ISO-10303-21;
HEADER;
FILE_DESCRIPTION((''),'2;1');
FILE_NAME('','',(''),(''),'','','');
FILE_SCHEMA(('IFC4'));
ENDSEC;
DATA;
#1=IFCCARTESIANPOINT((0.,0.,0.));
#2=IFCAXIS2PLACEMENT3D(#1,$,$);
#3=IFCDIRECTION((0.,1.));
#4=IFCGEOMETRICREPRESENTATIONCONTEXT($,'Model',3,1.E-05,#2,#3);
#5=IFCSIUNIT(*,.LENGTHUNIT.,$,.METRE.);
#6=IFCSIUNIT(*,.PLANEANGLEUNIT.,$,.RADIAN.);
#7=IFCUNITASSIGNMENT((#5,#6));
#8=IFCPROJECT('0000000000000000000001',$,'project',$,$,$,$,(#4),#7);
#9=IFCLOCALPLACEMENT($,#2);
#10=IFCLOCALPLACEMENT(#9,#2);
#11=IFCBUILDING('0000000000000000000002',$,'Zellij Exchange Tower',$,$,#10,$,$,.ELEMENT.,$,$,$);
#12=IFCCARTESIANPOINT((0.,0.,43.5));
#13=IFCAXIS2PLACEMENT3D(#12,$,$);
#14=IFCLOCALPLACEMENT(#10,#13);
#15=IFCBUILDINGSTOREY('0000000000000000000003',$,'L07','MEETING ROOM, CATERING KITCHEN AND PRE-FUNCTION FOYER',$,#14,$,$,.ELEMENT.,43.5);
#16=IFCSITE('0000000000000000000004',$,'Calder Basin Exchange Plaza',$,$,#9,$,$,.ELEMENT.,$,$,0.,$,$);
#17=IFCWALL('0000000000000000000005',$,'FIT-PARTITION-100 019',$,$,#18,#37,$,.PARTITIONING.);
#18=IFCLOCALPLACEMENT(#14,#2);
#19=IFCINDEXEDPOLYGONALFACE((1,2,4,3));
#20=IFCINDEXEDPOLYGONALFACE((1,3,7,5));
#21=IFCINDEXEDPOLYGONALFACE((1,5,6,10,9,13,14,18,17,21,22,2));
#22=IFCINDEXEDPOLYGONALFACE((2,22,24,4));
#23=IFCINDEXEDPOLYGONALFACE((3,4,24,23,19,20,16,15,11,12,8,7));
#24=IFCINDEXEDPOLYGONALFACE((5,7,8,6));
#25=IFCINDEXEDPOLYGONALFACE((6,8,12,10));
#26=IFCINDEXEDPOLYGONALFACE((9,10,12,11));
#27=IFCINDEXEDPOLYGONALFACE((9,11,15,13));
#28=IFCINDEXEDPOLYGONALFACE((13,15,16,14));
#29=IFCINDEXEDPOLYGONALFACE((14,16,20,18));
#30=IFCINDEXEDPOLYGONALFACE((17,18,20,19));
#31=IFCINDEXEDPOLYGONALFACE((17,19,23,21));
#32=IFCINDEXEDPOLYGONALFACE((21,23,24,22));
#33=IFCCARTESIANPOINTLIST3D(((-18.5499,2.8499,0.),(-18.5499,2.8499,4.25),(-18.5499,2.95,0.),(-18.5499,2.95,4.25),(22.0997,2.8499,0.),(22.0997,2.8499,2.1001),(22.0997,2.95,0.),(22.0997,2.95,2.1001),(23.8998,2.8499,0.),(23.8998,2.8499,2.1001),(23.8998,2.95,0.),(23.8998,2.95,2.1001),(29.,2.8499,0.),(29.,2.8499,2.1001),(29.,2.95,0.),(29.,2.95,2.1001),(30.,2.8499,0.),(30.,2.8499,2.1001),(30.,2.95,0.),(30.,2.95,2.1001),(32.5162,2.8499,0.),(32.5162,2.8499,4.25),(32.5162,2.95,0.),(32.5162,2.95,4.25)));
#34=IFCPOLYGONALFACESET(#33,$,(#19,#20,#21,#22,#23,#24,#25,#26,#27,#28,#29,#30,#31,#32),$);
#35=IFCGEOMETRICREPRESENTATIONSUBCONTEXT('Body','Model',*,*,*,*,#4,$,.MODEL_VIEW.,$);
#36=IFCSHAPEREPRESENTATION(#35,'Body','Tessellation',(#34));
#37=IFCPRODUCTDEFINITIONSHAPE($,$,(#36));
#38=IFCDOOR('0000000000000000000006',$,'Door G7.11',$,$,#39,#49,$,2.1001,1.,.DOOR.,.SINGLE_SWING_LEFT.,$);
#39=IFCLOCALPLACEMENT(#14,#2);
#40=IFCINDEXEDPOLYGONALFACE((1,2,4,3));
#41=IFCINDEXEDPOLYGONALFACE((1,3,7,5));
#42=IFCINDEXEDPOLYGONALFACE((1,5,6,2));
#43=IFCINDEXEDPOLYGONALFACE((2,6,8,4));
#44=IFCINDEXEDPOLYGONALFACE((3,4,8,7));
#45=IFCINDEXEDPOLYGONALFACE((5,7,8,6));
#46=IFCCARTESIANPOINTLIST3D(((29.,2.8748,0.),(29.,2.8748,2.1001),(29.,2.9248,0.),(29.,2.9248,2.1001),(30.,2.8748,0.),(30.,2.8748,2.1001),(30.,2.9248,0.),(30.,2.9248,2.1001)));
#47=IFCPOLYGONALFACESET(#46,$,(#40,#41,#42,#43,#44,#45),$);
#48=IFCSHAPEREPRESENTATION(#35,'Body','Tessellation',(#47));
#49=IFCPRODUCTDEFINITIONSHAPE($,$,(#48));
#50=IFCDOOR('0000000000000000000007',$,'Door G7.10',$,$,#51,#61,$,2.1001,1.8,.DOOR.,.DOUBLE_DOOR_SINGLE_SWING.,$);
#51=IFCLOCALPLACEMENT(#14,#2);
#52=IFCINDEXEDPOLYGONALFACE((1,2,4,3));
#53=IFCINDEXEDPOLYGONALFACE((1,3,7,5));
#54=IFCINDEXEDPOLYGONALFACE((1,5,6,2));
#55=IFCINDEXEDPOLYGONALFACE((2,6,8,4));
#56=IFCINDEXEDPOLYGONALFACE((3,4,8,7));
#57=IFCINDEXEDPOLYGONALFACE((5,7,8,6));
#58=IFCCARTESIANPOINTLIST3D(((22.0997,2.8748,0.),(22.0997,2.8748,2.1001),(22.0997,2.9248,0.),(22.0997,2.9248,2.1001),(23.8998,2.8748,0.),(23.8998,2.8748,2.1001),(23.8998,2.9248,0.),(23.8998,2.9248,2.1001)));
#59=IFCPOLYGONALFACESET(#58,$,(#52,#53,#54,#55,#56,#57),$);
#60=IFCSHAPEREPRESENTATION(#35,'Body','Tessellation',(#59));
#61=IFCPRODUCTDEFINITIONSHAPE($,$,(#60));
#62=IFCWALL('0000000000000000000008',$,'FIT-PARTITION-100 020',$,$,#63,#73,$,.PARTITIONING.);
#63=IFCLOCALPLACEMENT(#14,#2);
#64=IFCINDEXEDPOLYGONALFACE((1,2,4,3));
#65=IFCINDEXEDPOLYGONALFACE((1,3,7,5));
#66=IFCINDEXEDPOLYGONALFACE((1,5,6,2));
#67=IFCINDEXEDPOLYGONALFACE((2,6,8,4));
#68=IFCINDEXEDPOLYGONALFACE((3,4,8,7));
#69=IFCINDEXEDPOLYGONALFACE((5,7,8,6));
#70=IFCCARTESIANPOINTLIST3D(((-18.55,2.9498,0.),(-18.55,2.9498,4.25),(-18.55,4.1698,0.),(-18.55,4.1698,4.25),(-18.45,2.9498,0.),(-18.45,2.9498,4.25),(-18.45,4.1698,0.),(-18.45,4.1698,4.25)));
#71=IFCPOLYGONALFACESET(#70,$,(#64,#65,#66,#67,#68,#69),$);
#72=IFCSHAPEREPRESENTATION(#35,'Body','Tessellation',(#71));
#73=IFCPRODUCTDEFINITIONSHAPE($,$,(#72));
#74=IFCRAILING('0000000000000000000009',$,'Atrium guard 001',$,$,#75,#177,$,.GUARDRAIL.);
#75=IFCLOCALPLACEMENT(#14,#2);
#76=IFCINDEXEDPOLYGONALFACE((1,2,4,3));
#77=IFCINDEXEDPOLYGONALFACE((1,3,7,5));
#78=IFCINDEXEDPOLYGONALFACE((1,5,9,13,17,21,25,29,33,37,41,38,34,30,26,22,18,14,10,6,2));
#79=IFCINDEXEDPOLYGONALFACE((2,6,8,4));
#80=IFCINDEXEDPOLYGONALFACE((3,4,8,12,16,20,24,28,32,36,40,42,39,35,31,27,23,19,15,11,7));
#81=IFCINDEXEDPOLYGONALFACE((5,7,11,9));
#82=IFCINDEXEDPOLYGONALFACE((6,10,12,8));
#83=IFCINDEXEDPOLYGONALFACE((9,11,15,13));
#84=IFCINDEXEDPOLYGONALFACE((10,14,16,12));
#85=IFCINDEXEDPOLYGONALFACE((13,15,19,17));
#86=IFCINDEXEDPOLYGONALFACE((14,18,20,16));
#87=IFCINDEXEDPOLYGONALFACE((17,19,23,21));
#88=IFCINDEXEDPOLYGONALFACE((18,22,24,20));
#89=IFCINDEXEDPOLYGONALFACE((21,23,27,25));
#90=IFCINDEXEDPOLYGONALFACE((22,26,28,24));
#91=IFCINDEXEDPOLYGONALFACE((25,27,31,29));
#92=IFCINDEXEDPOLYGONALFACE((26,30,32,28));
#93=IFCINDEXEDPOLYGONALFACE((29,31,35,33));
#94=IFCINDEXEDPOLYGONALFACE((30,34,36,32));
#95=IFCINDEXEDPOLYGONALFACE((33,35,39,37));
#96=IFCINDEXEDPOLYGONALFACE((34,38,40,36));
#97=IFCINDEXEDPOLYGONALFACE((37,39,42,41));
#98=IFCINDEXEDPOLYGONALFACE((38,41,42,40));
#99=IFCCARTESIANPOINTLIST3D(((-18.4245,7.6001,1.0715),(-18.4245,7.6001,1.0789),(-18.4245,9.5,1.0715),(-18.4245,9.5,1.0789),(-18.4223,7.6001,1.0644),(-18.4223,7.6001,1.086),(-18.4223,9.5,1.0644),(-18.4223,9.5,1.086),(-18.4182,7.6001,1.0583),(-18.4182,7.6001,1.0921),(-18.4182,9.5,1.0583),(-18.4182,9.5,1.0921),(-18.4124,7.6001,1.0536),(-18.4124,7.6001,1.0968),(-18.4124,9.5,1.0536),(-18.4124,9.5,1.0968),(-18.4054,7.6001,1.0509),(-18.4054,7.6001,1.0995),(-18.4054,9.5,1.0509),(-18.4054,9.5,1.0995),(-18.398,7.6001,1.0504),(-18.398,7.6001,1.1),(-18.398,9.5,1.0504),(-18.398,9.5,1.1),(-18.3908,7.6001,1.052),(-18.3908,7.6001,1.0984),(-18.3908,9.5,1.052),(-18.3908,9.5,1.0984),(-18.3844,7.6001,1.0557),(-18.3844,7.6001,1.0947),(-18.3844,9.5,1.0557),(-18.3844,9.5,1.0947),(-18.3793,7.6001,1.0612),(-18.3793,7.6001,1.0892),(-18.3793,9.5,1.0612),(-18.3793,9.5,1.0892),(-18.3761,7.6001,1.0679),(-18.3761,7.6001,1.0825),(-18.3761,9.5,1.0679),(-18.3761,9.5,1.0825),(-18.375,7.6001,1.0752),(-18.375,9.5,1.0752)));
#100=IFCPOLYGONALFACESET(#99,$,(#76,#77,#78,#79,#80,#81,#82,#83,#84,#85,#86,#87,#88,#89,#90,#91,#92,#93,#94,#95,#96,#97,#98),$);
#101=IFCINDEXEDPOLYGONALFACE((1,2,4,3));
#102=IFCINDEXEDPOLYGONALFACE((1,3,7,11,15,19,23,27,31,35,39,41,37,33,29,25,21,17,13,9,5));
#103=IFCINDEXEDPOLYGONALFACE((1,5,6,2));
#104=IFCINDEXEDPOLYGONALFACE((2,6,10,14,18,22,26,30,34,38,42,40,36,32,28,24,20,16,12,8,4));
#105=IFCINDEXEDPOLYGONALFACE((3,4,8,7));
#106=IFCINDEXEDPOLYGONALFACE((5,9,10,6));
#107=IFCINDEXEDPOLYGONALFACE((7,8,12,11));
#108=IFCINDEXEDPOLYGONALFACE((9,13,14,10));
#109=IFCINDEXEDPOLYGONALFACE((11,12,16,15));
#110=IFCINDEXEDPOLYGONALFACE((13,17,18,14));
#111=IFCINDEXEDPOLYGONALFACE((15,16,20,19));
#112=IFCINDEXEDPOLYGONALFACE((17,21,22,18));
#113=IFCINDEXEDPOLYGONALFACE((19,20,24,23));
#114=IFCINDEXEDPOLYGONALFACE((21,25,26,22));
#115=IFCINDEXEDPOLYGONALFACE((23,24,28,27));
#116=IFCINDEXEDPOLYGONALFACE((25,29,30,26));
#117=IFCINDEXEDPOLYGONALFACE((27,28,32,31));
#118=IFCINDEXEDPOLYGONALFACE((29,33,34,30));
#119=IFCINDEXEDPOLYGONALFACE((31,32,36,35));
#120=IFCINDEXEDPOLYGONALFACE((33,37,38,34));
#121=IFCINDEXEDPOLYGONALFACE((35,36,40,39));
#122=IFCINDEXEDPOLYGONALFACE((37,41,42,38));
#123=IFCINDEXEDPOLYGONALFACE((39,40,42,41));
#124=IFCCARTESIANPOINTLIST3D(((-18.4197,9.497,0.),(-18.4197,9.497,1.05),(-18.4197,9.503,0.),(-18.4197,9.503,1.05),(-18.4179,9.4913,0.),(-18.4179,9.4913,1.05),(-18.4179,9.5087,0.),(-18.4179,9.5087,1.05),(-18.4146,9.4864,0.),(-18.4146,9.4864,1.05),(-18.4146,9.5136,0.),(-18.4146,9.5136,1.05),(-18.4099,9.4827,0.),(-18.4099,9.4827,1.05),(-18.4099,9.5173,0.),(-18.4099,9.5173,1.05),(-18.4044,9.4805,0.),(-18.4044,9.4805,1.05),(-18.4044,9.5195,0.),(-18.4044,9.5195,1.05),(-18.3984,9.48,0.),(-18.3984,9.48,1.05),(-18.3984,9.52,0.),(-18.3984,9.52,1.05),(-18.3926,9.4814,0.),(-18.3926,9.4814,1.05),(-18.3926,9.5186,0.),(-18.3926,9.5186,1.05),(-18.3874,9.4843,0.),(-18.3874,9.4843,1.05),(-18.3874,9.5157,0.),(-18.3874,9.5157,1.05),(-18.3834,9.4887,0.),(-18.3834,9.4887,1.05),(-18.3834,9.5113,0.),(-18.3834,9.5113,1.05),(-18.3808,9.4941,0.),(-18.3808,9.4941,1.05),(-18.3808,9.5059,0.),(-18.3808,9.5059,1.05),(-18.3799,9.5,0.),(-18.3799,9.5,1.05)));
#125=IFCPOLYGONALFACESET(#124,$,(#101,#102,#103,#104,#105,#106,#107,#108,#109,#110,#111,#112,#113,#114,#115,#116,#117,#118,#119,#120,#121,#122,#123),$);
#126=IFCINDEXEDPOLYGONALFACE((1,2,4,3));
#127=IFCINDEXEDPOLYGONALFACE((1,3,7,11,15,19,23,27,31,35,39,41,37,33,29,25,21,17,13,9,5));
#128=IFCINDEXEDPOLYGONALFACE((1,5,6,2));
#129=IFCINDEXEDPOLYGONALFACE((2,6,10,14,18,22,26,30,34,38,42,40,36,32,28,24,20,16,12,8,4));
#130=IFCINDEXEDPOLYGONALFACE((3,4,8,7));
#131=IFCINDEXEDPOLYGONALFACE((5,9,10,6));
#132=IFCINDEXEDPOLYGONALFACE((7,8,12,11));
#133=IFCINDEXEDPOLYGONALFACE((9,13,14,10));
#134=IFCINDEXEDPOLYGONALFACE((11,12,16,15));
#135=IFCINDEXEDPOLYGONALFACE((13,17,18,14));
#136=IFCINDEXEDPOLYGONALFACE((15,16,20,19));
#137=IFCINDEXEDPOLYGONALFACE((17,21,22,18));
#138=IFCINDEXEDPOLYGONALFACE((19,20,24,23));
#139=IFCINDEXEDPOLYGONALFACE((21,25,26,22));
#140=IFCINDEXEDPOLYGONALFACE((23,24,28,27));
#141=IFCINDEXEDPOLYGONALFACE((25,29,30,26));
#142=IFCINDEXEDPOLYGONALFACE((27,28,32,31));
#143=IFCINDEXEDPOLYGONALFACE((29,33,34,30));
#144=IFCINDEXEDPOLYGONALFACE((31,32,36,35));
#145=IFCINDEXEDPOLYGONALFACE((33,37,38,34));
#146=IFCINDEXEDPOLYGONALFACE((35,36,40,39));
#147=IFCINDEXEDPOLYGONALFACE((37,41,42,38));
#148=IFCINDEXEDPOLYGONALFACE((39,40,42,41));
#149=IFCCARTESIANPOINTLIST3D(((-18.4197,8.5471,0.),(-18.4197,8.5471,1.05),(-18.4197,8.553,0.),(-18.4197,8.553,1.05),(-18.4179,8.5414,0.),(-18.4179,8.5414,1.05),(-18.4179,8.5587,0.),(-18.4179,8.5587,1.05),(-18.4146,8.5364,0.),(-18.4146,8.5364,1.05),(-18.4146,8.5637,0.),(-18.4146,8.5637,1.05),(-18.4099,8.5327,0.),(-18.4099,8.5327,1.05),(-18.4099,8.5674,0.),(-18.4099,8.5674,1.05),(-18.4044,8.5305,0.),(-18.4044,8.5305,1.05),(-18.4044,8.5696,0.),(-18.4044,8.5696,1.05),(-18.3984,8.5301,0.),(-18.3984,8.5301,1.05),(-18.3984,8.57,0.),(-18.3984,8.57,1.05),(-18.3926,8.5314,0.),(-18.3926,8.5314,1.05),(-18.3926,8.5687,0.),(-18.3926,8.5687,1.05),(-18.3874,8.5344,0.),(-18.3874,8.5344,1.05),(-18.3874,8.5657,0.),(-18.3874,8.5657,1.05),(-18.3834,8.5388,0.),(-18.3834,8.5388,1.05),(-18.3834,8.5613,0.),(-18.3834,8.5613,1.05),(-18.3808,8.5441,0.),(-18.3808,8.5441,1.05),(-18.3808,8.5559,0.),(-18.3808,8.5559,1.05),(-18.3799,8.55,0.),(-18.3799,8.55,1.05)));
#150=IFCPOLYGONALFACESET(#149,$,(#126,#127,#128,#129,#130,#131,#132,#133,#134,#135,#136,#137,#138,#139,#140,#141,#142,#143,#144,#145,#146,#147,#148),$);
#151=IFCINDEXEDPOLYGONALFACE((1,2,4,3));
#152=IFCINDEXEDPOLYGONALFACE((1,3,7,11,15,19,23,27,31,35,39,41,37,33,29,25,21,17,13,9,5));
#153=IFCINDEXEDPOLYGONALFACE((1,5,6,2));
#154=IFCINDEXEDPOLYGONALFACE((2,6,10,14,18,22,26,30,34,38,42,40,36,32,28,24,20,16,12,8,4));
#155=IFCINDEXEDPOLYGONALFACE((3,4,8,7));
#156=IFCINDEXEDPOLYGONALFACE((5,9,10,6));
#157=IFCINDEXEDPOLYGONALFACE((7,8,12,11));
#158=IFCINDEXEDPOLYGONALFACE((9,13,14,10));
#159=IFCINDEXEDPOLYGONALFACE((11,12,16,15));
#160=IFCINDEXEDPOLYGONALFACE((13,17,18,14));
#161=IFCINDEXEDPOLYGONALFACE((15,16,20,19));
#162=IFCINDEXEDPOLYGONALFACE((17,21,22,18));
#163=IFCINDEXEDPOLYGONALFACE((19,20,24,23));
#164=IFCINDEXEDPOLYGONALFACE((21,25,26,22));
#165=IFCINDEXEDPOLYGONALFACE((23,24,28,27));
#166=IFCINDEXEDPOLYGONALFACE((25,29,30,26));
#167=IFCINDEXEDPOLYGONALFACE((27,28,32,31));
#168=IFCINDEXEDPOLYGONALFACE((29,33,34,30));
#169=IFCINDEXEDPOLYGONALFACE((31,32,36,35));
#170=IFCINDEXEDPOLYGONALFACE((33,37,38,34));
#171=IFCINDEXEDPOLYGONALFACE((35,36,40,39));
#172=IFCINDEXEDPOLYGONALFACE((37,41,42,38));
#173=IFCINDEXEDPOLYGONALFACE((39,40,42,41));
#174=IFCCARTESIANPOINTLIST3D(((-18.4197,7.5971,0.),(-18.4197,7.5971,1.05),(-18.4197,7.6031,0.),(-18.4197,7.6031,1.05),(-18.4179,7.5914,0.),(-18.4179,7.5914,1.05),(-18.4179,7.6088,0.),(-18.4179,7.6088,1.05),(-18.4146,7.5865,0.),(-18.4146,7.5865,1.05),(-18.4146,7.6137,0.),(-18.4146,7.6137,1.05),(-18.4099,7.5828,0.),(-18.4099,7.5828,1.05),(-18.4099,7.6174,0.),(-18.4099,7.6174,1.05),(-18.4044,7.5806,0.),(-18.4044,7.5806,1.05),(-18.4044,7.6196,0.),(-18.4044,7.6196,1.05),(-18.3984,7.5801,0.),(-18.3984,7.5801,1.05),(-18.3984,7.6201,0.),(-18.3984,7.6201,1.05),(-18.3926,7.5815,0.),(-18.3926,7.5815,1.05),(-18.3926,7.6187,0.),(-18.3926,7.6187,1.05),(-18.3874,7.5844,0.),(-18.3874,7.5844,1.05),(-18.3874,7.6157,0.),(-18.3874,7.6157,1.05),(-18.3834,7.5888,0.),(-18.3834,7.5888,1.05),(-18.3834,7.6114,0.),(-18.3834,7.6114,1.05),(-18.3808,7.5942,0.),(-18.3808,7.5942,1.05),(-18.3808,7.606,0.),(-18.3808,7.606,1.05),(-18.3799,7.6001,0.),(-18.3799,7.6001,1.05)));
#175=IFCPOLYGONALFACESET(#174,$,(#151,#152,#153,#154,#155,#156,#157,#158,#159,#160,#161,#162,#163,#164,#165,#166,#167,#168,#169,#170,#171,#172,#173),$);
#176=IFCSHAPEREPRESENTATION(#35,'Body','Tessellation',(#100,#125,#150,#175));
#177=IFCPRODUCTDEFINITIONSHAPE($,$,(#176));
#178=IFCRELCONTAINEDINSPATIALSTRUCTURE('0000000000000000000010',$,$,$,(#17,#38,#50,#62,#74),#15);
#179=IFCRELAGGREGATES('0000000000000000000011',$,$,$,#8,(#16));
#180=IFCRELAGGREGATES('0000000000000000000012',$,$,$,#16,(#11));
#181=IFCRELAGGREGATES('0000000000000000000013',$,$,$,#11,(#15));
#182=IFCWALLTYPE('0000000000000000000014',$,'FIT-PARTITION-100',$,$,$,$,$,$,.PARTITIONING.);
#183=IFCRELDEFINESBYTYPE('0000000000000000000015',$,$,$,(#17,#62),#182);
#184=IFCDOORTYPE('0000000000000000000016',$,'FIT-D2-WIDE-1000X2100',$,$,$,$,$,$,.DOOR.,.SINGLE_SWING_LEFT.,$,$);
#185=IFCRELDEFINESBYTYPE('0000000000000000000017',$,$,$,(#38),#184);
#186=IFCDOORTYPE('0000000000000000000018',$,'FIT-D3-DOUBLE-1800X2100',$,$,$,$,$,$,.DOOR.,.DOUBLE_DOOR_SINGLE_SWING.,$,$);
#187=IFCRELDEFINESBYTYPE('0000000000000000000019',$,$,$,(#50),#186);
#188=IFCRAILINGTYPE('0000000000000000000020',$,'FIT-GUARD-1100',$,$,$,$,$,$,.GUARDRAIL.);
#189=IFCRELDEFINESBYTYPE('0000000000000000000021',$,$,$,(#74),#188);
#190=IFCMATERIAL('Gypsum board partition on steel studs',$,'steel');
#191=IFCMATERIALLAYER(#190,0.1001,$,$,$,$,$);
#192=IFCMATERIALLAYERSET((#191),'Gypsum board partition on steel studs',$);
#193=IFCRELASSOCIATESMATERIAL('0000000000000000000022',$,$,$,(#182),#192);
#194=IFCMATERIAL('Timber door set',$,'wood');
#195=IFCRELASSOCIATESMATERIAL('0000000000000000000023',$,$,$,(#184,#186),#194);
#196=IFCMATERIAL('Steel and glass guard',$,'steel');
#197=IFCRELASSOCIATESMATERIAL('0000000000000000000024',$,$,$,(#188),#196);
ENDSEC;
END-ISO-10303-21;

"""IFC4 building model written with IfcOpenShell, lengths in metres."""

from ifc_helpers import new_model, si_unit, direction, frame, frame_2d, origin, origin_2d, place, context, subcontext, project, spatial, rectangle, circle, extrude, material, layer, layer_set, type_object, element, fill, save


model = new_model("IFC4")

# Units and contexts
model_context = context("Model", 3, precision=1e-05, world=origin(), true_north=direction((0.0, 1.0)))
body_context = subcontext(model_context, "Body", "Model", "MODEL_VIEW")
ifc_project = project(units=[si_unit("LENGTHUNIT", "METRE"), si_unit("PLANEANGLEUNIT", "RADIAN")], contexts=[model_context])

# Site, building, storey
site_placement = place(None, origin())
site = spatial("IfcSite", under=ifc_project, at=site_placement, Name="Calder Basin Exchange Plaza", CompositionType="ELEMENT", RefElevation=0.0)
building_placement = place(site_placement, origin())
building = spatial("IfcBuilding", under=site, at=building_placement, Name="Zellij Exchange Tower", CompositionType="ELEMENT")
storey_placement = place(building_placement, frame((0.0, 0.0, 43.5)))
storey = spatial("IfcBuildingStorey", under=building, at=storey_placement, Name="L07", Description="MEETING ROOM, CATERING KITCHEN AND PRE-FUNCTION FOYER", CompositionType="ELEMENT", Elevation=43.5)

# Wall, openings, doors
ifc_material_1 = material(Name="Gypsum board partition on steel studs", Category="steel")
ifc_layer_1 = layer(ifc_material_1, 0.1001)
ifc_layer_set_1 = layer_set([ifc_layer_1], Name="Gypsum board partition on steel studs")
wall_type_1 = type_object("IfcWallType", Name="FIT-PARTITION-100", PredefinedType="PARTITIONING", material=ifc_layer_set_1)
wall_1_placement = place(storey_placement, frame((-18.55, 2.8999, 0.0), z_axis=(0.0, 0.0, 1.0), x_axis=(1.0, 0.0, 0.0)))
wall_1 = element("IfcWall", 1, at=wall_1_placement, inside=storey, type_object=wall_type_1, Name="FIT-PARTITION-100 019", PredefinedType="PARTITIONING", context=body_context, shape_type="SweptSolid", body=[
    extrude(rectangle(XDim=51.0662, YDim=0.1001, at=frame_2d((25.5332, 0.0))), origin(), (0.0, 0.0, 1.0), 4.25),
])
opening_1_placement = place(wall_1_placement, frame((40.6499, 0.0, 0.0)))
opening_1 = element("IfcOpeningElement", 2, at=opening_1_placement, cuts=wall_1, PredefinedType="OPENING", context=body_context, shape_type="SweptSolid", body=[
    extrude(rectangle(XDim=1.8, YDim=2.1001, at=frame_2d((0.8999, 1.05))), frame((0.0, 0.062, 0.0), z_axis=(0.0, -1.0, 0.0), x_axis=(1.0, 0.0, 0.0)), (0.0, 0.0, 1.0), 0.124),
])
opening_2_placement = place(wall_1_placement, frame((47.55, 0.0, 0.0)))
opening_2 = element("IfcOpeningElement", 3, at=opening_2_placement, cuts=wall_1, PredefinedType="OPENING", context=body_context, shape_type="SweptSolid", body=[
    extrude(rectangle(XDim=1.0, YDim=2.1001, at=frame_2d((0.5, 1.05))), frame((0.0, 0.062, 0.0), z_axis=(0.0, -1.0, 0.0), x_axis=(1.0, 0.0, 0.0)), (0.0, 0.0, 1.0), 0.124),
])
ifc_material_2 = material(Name="Timber door set", Category="wood")
door_type_1 = type_object("IfcDoorType", Name="FIT-D2-WIDE-1000X2100", OperationType="SINGLE_SWING_LEFT", PredefinedType="DOOR", material=ifc_material_2)
door_1_placement = place(opening_2_placement, origin())
door_1 = element("IfcDoor", 4, at=door_1_placement, inside=storey, type_object=door_type_1, Name="Door G7.11", OperationType="SINGLE_SWING_LEFT", OverallHeight=2.1001, OverallWidth=1.0, PredefinedType="DOOR", context=body_context, shape_type="SweptSolid", body=[
    extrude(rectangle(XDim=1.0, YDim=2.1001, at=frame_2d((0.5, 1.05))), frame((0.0, 0.0249, 0.0), z_axis=(0.0, -1.0, 0.0), x_axis=(1.0, 0.0, 0.0)), (0.0, 0.0, 1.0), 0.05),
])
fill(opening_2, door_1)
door_type_2 = type_object("IfcDoorType", Name="FIT-D3-DOUBLE-1800X2100", OperationType="DOUBLE_DOOR_SINGLE_SWING", PredefinedType="DOOR", material=ifc_material_2)
door_2_placement = place(opening_1_placement, origin())
door_2 = element("IfcDoor", 5, at=door_2_placement, inside=storey, type_object=door_type_2, Name="Door G7.10", OperationType="DOUBLE_DOOR_SINGLE_SWING", OverallHeight=2.1001, OverallWidth=1.8, PredefinedType="DOOR", context=body_context, shape_type="SweptSolid", body=[
    extrude(rectangle(XDim=1.8, YDim=2.1001, at=frame_2d((0.8999, 1.05))), frame((0.0, 0.0249, 0.0), z_axis=(0.0, -1.0, 0.0), x_axis=(1.0, 0.0, 0.0)), (0.0, 0.0, 1.0), 0.05),
])
fill(opening_1, door_2)

# Wall
wall_2_placement = place(storey_placement, frame((-18.5, 2.95, 0.0), z_axis=(0.0, 0.0, 1.0), x_axis=(0.0, 1.0, 0.0)))
element("IfcWall", 6, at=wall_2_placement, inside=storey, type_object=wall_type_1, Name="FIT-PARTITION-100 020", PredefinedType="PARTITIONING", context=body_context, shape_type="SweptSolid", body=[
    extrude(rectangle(XDim=1.22, YDim=0.1001, at=frame_2d((0.6099, 0.0))), origin(), (0.0, 0.0, 1.0), 4.25),
])

# Railing
ifc_material_3 = material(Name="Steel and glass guard", Category="steel")
railing_type = type_object("IfcRailingType", Name="FIT-GUARD-1100", PredefinedType="GUARDRAIL", material=ifc_material_3)
railing_1_placement = place(storey_placement, frame((-18.3999, 9.5, 0.0)))
element("IfcRailing", 7, at=railing_1_placement, inside=storey, type_object=railing_type, Name="Atrium guard 001", PredefinedType="GUARDRAIL", context=body_context, shape_type="SweptSolid", body=[
    extrude(circle(Radius=0.0249, at=origin_2d()), frame((0.0, 0.0, 1.0752), z_axis=(0.0, -1.0, 0.0), x_axis=(1.0, 0.0, 0.0)), (0.0, 0.0, 1.0), 1.8999),
    extrude(circle(Radius=0.02, at=origin_2d()), origin(), (0.0, 0.0, 1.0), 1.05),
    extrude(circle(Radius=0.02, at=origin_2d()), frame((0.0, -0.95, 0.0)), (0.0, 0.0, 1.0), 1.05),
    extrude(circle(Radius=0.02, at=origin_2d()), frame((0.0, -1.8999, 0.0)), (0.0, 0.0, 1.0), 1.05),
])

save(model, "model.ifc")
